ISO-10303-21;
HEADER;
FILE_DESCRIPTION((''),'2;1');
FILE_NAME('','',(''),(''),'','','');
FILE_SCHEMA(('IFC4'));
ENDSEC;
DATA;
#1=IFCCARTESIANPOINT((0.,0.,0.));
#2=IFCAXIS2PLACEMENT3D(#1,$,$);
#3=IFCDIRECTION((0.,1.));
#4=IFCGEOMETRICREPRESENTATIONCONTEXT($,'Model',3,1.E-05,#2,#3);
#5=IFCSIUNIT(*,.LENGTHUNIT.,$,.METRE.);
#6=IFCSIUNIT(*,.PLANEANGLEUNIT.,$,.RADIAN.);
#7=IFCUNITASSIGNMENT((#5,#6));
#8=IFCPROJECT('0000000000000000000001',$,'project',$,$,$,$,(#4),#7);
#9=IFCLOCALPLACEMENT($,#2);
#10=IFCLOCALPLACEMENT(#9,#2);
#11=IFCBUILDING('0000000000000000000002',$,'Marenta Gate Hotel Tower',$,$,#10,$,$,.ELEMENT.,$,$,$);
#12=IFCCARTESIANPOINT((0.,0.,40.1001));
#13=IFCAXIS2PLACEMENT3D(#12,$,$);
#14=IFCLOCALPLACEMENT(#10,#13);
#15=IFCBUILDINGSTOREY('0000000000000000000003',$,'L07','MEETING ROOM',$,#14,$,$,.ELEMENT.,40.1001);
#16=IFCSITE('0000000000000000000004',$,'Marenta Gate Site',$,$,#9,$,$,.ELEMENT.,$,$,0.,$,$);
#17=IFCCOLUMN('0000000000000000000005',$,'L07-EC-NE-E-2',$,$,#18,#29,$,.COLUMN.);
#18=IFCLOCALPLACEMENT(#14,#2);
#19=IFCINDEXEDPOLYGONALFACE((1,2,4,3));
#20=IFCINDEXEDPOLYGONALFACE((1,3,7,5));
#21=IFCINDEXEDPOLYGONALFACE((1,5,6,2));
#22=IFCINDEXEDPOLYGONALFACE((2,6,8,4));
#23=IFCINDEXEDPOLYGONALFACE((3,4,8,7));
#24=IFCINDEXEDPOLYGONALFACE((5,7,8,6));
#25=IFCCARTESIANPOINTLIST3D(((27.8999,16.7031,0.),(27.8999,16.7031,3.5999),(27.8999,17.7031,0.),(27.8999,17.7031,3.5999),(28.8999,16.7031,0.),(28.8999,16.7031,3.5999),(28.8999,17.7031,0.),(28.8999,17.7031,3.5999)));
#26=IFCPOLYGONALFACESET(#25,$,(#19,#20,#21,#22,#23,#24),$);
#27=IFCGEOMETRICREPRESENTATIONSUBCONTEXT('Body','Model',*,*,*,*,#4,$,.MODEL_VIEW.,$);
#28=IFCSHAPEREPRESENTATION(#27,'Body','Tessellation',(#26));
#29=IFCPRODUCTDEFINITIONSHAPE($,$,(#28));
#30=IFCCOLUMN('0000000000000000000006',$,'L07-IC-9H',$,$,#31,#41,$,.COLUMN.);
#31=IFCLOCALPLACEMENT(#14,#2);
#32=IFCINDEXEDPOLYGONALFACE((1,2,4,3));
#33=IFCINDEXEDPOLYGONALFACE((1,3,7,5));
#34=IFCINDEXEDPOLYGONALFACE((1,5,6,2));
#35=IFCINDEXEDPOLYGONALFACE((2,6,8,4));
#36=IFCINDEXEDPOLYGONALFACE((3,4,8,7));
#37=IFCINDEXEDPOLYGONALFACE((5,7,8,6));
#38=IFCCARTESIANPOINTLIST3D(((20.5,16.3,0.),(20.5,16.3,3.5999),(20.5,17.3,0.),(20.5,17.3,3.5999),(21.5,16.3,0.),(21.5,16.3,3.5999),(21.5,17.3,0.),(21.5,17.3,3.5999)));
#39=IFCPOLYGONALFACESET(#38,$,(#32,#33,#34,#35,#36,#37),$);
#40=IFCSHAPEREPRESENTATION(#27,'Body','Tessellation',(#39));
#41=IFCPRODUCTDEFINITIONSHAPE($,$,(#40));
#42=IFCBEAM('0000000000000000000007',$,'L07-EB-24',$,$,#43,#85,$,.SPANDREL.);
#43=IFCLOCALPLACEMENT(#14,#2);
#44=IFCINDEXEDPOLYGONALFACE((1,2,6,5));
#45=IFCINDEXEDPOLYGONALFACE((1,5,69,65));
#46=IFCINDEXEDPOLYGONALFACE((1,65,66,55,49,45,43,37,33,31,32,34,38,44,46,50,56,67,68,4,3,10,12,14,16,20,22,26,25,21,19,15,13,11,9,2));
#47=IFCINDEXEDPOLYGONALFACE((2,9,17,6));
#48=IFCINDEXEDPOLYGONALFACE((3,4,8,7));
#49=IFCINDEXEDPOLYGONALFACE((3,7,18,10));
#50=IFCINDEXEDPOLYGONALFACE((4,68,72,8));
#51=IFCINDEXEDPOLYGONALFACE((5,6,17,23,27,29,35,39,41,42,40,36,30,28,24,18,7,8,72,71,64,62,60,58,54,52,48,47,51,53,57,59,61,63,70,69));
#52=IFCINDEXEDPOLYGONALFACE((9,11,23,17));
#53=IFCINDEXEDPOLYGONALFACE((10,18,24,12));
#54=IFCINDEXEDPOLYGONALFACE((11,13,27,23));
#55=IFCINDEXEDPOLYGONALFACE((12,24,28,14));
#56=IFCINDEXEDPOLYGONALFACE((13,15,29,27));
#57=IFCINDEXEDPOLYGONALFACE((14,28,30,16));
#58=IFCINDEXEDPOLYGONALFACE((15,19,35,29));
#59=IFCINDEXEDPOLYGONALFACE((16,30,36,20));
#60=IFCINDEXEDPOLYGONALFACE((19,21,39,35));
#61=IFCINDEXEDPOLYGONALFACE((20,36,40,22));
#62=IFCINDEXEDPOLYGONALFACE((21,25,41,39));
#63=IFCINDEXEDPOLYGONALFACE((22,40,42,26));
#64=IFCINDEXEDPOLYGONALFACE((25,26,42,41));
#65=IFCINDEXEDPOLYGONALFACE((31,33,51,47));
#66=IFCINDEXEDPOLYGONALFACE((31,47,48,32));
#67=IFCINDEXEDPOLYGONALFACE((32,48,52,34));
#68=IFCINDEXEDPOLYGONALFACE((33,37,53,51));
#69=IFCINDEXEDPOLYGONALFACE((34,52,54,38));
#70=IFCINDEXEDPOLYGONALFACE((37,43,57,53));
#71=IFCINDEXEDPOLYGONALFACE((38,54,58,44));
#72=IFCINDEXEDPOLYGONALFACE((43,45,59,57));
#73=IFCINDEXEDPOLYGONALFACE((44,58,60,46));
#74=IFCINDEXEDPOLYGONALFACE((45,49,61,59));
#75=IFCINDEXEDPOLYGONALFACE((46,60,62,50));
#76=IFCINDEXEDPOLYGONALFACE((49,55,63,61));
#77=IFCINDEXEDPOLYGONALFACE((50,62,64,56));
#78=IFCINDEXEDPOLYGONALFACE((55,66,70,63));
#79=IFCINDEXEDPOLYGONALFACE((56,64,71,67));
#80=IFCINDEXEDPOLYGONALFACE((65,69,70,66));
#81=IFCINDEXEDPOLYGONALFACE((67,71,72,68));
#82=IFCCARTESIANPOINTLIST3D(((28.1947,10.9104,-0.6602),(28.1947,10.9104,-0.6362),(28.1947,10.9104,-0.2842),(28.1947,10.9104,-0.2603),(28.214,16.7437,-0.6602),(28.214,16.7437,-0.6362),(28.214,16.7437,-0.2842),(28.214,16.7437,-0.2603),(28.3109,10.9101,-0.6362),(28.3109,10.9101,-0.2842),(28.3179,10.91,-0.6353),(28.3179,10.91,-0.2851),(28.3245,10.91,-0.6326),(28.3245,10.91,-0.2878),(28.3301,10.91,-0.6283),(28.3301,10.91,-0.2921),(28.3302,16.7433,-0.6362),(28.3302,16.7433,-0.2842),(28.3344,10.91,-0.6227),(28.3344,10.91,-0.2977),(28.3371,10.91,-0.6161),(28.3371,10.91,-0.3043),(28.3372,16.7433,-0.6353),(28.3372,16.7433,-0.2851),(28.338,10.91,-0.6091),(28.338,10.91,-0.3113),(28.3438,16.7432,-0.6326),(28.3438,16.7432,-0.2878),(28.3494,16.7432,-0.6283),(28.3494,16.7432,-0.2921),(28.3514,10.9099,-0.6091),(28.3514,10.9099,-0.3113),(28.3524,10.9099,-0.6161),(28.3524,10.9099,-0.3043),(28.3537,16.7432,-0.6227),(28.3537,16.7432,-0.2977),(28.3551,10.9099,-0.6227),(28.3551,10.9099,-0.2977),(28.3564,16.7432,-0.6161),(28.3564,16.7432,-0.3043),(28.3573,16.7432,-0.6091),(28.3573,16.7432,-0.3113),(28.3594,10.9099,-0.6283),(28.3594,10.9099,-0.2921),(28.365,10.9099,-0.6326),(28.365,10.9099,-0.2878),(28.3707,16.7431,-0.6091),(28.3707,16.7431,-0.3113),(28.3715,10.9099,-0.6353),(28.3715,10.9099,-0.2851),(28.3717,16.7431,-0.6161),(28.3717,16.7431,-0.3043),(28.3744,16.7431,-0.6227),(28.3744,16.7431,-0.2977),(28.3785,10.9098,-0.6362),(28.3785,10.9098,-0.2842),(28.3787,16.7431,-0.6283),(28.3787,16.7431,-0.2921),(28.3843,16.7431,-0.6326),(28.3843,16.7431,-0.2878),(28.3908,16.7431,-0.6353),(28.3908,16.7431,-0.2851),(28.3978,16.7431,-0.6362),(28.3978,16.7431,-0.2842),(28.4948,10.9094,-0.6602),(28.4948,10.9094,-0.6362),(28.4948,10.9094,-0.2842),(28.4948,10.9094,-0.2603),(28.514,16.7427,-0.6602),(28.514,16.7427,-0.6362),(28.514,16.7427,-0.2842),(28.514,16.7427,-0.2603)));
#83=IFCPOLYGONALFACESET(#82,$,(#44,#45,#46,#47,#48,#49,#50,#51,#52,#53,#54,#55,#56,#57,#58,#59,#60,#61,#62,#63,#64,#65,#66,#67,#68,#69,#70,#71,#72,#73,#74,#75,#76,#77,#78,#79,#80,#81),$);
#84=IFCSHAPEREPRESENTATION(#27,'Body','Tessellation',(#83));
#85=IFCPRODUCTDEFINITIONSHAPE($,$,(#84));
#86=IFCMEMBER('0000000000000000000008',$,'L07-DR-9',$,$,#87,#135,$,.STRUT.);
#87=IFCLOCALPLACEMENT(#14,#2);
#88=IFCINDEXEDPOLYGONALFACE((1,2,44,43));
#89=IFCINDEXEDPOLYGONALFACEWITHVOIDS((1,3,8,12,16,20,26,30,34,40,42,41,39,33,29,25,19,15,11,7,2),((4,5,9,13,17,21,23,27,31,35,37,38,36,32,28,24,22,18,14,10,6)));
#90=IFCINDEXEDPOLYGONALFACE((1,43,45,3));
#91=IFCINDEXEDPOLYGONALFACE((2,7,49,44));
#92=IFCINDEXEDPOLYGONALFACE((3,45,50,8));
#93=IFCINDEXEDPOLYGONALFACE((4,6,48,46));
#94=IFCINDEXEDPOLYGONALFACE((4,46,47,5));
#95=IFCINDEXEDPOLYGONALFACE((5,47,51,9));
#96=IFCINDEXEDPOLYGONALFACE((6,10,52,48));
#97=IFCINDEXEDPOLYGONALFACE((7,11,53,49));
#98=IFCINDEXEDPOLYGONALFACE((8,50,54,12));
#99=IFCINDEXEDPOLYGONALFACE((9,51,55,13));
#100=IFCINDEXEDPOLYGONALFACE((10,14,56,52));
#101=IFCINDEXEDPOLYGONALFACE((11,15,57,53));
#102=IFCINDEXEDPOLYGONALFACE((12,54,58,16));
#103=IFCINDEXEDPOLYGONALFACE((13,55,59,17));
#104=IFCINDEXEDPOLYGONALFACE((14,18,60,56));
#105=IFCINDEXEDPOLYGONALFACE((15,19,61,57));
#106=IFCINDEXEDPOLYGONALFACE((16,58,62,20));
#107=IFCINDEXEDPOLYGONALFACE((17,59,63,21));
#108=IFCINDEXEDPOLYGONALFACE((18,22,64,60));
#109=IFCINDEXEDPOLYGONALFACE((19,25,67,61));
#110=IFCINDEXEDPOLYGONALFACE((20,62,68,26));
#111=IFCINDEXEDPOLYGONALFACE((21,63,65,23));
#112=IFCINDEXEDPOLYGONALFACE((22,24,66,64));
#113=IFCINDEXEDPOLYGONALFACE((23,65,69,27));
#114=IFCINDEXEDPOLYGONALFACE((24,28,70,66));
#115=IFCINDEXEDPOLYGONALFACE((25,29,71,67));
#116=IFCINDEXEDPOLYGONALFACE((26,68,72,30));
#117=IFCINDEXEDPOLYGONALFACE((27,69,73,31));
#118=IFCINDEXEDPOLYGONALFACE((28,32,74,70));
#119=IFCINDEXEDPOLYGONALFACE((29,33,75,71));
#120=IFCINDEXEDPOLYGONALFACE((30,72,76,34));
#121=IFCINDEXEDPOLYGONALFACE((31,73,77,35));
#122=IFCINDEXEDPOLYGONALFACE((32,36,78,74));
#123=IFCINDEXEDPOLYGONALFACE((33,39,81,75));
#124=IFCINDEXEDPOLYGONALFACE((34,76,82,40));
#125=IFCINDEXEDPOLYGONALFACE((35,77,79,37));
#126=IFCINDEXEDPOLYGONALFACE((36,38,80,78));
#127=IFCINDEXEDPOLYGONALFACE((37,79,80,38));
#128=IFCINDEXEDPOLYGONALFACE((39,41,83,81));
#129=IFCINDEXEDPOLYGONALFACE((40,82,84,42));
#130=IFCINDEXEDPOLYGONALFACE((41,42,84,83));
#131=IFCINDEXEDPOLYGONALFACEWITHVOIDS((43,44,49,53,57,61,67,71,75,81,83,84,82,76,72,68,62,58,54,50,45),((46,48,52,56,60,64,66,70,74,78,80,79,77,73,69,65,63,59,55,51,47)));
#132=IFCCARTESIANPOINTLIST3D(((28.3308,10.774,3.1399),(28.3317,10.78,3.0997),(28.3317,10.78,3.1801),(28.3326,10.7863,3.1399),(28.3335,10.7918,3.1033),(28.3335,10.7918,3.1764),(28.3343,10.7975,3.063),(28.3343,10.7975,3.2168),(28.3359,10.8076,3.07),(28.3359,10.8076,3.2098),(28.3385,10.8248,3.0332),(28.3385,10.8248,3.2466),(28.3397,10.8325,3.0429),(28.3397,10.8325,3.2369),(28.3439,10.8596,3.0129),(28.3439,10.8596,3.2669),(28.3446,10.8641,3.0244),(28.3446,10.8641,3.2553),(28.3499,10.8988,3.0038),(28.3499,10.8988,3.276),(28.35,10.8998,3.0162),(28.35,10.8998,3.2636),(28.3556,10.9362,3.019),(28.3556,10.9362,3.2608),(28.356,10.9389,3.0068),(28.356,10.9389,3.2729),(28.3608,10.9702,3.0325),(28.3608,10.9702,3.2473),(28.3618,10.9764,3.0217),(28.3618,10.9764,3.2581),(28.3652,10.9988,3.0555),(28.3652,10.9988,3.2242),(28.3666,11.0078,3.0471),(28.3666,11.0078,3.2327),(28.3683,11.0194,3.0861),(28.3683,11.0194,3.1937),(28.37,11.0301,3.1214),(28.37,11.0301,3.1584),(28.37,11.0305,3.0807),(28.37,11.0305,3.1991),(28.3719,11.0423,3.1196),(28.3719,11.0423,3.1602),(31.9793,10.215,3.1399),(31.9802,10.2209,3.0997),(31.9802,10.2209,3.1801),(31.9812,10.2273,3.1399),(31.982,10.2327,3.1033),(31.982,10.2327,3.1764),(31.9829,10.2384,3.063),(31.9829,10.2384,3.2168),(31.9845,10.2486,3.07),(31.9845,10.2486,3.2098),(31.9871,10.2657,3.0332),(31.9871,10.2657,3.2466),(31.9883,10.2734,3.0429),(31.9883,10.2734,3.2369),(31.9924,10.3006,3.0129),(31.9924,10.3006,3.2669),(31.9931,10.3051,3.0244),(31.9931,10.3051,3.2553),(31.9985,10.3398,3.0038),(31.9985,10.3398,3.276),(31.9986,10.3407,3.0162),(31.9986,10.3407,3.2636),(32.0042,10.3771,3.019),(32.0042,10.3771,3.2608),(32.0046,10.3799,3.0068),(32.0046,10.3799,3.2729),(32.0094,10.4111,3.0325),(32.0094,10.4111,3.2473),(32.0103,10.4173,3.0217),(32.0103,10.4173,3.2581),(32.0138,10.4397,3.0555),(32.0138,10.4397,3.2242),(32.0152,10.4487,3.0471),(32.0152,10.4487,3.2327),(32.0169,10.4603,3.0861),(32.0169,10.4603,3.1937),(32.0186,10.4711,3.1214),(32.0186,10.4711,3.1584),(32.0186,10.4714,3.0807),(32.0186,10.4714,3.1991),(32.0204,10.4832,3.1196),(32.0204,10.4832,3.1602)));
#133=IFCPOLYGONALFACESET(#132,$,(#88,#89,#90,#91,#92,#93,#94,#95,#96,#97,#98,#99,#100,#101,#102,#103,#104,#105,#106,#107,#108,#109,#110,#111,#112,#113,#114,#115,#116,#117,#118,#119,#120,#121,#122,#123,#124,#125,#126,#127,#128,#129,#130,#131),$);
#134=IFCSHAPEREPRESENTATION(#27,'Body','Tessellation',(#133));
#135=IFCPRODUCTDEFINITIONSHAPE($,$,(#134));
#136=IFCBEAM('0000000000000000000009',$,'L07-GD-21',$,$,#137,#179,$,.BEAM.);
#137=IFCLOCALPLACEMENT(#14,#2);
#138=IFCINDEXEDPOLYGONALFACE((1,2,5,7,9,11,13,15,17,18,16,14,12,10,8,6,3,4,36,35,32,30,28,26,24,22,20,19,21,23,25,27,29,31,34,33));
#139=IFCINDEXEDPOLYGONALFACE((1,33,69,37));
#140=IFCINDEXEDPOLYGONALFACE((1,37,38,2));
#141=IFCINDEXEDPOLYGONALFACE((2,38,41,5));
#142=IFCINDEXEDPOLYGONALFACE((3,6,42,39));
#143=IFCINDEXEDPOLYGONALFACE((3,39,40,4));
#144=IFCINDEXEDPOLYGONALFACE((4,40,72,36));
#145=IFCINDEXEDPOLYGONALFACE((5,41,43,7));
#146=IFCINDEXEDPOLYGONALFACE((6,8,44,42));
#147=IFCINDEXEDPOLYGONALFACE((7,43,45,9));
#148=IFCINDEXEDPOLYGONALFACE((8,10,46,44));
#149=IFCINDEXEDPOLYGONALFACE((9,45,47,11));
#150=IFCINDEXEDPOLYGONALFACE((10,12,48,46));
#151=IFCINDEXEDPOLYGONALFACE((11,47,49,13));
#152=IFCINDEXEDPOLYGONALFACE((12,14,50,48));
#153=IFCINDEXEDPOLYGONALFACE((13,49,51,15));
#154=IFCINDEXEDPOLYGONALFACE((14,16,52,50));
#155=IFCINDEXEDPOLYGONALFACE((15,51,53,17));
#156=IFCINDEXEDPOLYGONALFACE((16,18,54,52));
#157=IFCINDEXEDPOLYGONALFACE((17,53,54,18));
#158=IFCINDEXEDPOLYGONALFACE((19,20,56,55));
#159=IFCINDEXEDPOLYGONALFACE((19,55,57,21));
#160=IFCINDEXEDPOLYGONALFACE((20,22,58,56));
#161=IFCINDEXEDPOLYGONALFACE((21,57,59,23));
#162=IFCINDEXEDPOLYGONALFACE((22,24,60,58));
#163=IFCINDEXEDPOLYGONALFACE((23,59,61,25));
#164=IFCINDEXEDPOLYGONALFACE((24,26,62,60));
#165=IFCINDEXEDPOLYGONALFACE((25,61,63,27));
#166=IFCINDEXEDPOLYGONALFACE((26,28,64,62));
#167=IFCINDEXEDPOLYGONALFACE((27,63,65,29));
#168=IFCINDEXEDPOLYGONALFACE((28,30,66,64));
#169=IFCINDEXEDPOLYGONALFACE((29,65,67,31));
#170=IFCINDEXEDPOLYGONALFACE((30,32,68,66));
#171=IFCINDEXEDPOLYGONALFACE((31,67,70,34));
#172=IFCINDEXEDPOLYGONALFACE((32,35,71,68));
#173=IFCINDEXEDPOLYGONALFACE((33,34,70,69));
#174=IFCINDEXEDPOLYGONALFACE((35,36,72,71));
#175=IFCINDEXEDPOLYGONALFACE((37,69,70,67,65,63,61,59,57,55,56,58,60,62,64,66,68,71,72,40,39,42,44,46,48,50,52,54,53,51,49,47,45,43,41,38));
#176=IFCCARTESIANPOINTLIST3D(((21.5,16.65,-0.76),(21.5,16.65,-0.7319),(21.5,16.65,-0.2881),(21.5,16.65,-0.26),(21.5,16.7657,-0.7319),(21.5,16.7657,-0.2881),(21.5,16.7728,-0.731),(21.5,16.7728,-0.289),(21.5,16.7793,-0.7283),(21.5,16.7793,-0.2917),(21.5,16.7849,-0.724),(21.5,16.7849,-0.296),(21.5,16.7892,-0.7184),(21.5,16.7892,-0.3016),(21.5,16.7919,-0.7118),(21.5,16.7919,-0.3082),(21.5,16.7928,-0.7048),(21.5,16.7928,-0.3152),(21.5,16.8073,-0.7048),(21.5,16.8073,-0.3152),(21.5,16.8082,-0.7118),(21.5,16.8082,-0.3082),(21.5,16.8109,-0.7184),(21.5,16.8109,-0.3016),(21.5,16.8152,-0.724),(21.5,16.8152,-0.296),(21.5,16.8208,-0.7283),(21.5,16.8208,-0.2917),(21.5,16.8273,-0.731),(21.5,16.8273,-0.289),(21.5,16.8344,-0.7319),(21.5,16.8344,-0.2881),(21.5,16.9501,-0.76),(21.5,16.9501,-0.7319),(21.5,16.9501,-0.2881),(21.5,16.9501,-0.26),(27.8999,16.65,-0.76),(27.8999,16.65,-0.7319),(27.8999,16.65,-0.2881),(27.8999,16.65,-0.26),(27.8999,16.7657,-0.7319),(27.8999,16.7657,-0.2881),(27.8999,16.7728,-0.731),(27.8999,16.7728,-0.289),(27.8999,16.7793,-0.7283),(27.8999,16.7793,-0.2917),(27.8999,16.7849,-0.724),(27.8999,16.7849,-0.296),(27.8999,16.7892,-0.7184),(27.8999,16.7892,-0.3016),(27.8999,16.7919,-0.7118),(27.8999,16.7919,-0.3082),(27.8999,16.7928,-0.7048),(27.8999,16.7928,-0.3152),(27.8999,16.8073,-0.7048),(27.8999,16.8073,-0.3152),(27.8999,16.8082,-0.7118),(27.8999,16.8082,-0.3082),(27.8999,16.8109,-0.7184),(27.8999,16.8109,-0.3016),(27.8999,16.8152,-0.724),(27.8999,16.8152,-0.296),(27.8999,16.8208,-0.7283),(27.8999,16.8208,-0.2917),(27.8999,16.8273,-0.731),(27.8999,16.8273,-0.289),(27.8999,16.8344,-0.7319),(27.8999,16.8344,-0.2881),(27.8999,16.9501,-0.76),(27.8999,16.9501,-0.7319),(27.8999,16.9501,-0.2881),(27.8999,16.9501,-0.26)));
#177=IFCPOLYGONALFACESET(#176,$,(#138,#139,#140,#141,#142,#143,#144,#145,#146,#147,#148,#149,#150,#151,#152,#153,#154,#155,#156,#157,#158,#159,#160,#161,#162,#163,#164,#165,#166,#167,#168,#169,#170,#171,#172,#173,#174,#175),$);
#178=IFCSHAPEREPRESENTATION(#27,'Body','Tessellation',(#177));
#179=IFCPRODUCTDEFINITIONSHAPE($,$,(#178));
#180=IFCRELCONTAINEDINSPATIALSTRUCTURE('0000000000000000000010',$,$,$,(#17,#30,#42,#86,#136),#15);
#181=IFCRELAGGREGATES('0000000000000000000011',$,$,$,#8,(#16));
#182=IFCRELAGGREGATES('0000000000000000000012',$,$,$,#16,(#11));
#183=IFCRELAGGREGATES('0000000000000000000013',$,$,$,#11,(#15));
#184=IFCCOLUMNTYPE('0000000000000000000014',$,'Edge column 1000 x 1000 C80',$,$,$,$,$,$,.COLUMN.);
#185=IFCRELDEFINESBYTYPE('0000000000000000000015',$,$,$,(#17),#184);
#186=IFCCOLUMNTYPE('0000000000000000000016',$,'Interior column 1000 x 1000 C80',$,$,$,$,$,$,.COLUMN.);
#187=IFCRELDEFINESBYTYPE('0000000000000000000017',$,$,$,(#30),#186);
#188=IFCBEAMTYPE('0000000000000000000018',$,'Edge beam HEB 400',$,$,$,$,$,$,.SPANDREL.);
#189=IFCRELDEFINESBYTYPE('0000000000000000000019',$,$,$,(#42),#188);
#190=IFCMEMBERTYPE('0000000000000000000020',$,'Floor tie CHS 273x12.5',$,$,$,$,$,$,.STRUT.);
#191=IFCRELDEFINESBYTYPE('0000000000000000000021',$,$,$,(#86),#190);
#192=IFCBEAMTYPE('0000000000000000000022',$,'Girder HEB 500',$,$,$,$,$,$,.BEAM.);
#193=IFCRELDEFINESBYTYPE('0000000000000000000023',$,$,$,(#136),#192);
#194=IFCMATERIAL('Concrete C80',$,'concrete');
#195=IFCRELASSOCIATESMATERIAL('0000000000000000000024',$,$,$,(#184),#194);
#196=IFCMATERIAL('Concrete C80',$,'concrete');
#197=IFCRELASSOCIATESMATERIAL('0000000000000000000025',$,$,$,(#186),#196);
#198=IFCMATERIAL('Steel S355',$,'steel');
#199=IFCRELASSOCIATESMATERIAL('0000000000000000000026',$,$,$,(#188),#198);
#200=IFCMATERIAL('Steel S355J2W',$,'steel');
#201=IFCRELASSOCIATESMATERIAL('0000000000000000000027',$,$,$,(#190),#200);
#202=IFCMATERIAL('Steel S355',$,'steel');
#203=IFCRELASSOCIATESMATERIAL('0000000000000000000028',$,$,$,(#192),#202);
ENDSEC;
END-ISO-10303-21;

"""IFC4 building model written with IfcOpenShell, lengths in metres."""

from ifc_helpers import new_model, si_unit, direction, frame, origin, origin_2d, place, context, subcontext, project, spatial, rectangle, hollow_circle, i_section, extrude, material, material_profile, profile_set, type_object, element, save


model = new_model("IFC4")

# Units and contexts
model_context = context("Model", 3, precision=1e-05, world=origin(), true_north=direction((0.0, 1.0)))
body_context = subcontext(model_context, "Body", "Model", "MODEL_VIEW")
ifc_project = project(units=[si_unit("LENGTHUNIT", "METRE"), si_unit("PLANEANGLEUNIT", "RADIAN")], contexts=[model_context])

# Site, building, storey
site_placement = place(None, origin())
site = spatial("IfcSite", under=ifc_project, at=site_placement, Name="Marenta Gate Site", CompositionType="ELEMENT", RefElevation=0.0)
building_placement = place(site_placement, origin())
building = spatial("IfcBuilding", under=site, at=building_placement, Name="Marenta Gate Hotel Tower", CompositionType="ELEMENT")
storey_placement = place(building_placement, frame((0.0, 0.0, 40.1001)))
storey = spatial("IfcBuildingStorey", under=building, at=storey_placement, Name="L07", Description="MEETING ROOM", CompositionType="ELEMENT", Elevation=40.1001)

# Columns
ifc_material_1 = material(Name="Concrete C80", Category="concrete")
ifc_material_profile_1 = material_profile(ifc_material_1, rectangle(XDim=1.0, YDim=1.0, at=origin_2d()), Name="1000 x 1000")
ifc_profile_set_1 = profile_set([ifc_material_profile_1], Name="Concrete C80")
column_type_1 = type_object("IfcColumnType", Name="Edge column 1000 x 1000 C80", PredefinedType="COLUMN", material=ifc_profile_set_1)
column_1_placement = place(storey_placement, frame((28.3999, 17.2031, 0.0), z_axis=(0.0, 0.0, 1.0), x_axis=(1.0, 0.0, 0.0)))
element("IfcColumn", 1, at=column_1_placement, inside=storey, type_object=column_type_1, Name="L07-EC-NE-E-2", PredefinedType="COLUMN", context=body_context, shape_type="SweptSolid", body=[
    extrude(rectangle(XDim=1.0, YDim=1.0, at=origin_2d()), origin(), (0.0, 0.0, 1.0), 3.5999),
])
ifc_material_2 = material(Name="Concrete C80", Category="concrete")
ifc_material_profile_2 = material_profile(ifc_material_2, rectangle(XDim=1.0, YDim=1.0, at=origin_2d()), Name="1000 x 1000")
ifc_profile_set_2 = profile_set([ifc_material_profile_2], Name="Concrete C80")
column_type_2 = type_object("IfcColumnType", Name="Interior column 1000 x 1000 C80", PredefinedType="COLUMN", material=ifc_profile_set_2)
column_2_placement = place(storey_placement, frame((21.0, 16.8, 0.0), z_axis=(0.0, 0.0, 1.0), x_axis=(1.0, 0.0, 0.0)))
element("IfcColumn", 2, at=column_2_placement, inside=storey, type_object=column_type_2, Name="L07-IC-9H", PredefinedType="COLUMN", context=body_context, shape_type="SweptSolid", body=[
    extrude(rectangle(XDim=1.0, YDim=1.0, at=origin_2d()), origin(), (0.0, 0.0, 1.0), 3.5999),
])

# Beam
ifc_material_3 = material(Name="Steel S355", Category="steel")
ifc_material_profile_3 = material_profile(ifc_material_3, i_section(OverallWidth=0.3, OverallDepth=0.3999, WebThickness=0.0134, FlangeThickness=0.0239, FilletRadius=0.0271, at=origin_2d()), Name="HEB 400")
ifc_profile_set_3 = profile_set([ifc_material_profile_3], Name="Steel S355")
beam_type_1 = type_object("IfcBeamType", Name="Edge beam HEB 400", PredefinedType="SPANDREL", material=ifc_profile_set_3)
beam_1_placement = place(storey_placement, frame((28.364, 16.7432, -0.4602), z_axis=(-0.003306, -0.999995, 0.0), x_axis=(0.999995, -0.003306, 0.0)))
element("IfcBeam", 3, at=beam_1_placement, inside=storey, type_object=beam_type_1, Name="L07-EB-24", PredefinedType="SPANDREL", context=body_context, shape_type="SweptSolid", body=[
    extrude(i_section(OverallWidth=0.3, OverallDepth=0.3999, WebThickness=0.0134, FlangeThickness=0.0239, FilletRadius=0.0271, at=origin_2d()), origin(), (0.0, 0.0, 1.0), 5.8333),
])

# Member
ifc_material_4 = material(Name="Steel S355J2W", Category="steel")
ifc_material_profile_4 = material_profile(ifc_material_4, hollow_circle(Radius=0.1365, WallThickness=0.0125, at=origin_2d()), Name="CHS 273x12.5")
ifc_profile_set_4 = profile_set([ifc_material_profile_4], Name="Steel S355J2W")
member_type_1 = type_object("IfcMemberType", Name="Floor tie CHS 273x12.5", PredefinedType="STRUT", material=ifc_profile_set_4)
member_1_placement = place(storey_placement, frame((32.0, 10.3499, 3.1399), z_axis=(-0.988463, 0.151461, 0.0), x_axis=(-0.151461, -0.988463, 0.0)))
element("IfcMember", 4, at=member_1_placement, inside=storey, type_object=member_type_1, Name="L07-DR-9", PredefinedType="STRUT", context=body_context, shape_type="SweptSolid", body=[
    extrude(hollow_circle(Radius=0.1365, WallThickness=0.0125, at=origin_2d()), origin(), (0.0, 0.0, 1.0), 3.6912),
])

# Beam
ifc_material_5 = material(Name="Steel S355", Category="steel")
ifc_material_profile_5 = material_profile(ifc_material_5, i_section(OverallWidth=0.3, OverallDepth=0.5, WebThickness=0.0144, FlangeThickness=0.0281, FilletRadius=0.0271, at=origin_2d()), Name="HEB 500")
ifc_profile_set_5 = profile_set([ifc_material_profile_5], Name="Steel S355")
beam_type_2 = type_object("IfcBeamType", Name="Girder HEB 500", PredefinedType="BEAM", material=ifc_profile_set_5)
beam_2_placement = place(storey_placement, frame((21.5, 16.8, -0.51), z_axis=(1.0, 0.0, 0.0), x_axis=(0.0, 1.0, 0.0)))
element("IfcBeam", 5, at=beam_2_placement, inside=storey, type_object=beam_type_2, Name="L07-GD-21", PredefinedType="BEAM", context=body_context, shape_type="SweptSolid", body=[
    extrude(i_section(OverallWidth=0.3, OverallDepth=0.5, WebThickness=0.0144, FlangeThickness=0.0281, FilletRadius=0.0271, at=origin_2d()), origin(), (0.0, 0.0, 1.0), 6.3999),
])

save(model, "model.ifc")
